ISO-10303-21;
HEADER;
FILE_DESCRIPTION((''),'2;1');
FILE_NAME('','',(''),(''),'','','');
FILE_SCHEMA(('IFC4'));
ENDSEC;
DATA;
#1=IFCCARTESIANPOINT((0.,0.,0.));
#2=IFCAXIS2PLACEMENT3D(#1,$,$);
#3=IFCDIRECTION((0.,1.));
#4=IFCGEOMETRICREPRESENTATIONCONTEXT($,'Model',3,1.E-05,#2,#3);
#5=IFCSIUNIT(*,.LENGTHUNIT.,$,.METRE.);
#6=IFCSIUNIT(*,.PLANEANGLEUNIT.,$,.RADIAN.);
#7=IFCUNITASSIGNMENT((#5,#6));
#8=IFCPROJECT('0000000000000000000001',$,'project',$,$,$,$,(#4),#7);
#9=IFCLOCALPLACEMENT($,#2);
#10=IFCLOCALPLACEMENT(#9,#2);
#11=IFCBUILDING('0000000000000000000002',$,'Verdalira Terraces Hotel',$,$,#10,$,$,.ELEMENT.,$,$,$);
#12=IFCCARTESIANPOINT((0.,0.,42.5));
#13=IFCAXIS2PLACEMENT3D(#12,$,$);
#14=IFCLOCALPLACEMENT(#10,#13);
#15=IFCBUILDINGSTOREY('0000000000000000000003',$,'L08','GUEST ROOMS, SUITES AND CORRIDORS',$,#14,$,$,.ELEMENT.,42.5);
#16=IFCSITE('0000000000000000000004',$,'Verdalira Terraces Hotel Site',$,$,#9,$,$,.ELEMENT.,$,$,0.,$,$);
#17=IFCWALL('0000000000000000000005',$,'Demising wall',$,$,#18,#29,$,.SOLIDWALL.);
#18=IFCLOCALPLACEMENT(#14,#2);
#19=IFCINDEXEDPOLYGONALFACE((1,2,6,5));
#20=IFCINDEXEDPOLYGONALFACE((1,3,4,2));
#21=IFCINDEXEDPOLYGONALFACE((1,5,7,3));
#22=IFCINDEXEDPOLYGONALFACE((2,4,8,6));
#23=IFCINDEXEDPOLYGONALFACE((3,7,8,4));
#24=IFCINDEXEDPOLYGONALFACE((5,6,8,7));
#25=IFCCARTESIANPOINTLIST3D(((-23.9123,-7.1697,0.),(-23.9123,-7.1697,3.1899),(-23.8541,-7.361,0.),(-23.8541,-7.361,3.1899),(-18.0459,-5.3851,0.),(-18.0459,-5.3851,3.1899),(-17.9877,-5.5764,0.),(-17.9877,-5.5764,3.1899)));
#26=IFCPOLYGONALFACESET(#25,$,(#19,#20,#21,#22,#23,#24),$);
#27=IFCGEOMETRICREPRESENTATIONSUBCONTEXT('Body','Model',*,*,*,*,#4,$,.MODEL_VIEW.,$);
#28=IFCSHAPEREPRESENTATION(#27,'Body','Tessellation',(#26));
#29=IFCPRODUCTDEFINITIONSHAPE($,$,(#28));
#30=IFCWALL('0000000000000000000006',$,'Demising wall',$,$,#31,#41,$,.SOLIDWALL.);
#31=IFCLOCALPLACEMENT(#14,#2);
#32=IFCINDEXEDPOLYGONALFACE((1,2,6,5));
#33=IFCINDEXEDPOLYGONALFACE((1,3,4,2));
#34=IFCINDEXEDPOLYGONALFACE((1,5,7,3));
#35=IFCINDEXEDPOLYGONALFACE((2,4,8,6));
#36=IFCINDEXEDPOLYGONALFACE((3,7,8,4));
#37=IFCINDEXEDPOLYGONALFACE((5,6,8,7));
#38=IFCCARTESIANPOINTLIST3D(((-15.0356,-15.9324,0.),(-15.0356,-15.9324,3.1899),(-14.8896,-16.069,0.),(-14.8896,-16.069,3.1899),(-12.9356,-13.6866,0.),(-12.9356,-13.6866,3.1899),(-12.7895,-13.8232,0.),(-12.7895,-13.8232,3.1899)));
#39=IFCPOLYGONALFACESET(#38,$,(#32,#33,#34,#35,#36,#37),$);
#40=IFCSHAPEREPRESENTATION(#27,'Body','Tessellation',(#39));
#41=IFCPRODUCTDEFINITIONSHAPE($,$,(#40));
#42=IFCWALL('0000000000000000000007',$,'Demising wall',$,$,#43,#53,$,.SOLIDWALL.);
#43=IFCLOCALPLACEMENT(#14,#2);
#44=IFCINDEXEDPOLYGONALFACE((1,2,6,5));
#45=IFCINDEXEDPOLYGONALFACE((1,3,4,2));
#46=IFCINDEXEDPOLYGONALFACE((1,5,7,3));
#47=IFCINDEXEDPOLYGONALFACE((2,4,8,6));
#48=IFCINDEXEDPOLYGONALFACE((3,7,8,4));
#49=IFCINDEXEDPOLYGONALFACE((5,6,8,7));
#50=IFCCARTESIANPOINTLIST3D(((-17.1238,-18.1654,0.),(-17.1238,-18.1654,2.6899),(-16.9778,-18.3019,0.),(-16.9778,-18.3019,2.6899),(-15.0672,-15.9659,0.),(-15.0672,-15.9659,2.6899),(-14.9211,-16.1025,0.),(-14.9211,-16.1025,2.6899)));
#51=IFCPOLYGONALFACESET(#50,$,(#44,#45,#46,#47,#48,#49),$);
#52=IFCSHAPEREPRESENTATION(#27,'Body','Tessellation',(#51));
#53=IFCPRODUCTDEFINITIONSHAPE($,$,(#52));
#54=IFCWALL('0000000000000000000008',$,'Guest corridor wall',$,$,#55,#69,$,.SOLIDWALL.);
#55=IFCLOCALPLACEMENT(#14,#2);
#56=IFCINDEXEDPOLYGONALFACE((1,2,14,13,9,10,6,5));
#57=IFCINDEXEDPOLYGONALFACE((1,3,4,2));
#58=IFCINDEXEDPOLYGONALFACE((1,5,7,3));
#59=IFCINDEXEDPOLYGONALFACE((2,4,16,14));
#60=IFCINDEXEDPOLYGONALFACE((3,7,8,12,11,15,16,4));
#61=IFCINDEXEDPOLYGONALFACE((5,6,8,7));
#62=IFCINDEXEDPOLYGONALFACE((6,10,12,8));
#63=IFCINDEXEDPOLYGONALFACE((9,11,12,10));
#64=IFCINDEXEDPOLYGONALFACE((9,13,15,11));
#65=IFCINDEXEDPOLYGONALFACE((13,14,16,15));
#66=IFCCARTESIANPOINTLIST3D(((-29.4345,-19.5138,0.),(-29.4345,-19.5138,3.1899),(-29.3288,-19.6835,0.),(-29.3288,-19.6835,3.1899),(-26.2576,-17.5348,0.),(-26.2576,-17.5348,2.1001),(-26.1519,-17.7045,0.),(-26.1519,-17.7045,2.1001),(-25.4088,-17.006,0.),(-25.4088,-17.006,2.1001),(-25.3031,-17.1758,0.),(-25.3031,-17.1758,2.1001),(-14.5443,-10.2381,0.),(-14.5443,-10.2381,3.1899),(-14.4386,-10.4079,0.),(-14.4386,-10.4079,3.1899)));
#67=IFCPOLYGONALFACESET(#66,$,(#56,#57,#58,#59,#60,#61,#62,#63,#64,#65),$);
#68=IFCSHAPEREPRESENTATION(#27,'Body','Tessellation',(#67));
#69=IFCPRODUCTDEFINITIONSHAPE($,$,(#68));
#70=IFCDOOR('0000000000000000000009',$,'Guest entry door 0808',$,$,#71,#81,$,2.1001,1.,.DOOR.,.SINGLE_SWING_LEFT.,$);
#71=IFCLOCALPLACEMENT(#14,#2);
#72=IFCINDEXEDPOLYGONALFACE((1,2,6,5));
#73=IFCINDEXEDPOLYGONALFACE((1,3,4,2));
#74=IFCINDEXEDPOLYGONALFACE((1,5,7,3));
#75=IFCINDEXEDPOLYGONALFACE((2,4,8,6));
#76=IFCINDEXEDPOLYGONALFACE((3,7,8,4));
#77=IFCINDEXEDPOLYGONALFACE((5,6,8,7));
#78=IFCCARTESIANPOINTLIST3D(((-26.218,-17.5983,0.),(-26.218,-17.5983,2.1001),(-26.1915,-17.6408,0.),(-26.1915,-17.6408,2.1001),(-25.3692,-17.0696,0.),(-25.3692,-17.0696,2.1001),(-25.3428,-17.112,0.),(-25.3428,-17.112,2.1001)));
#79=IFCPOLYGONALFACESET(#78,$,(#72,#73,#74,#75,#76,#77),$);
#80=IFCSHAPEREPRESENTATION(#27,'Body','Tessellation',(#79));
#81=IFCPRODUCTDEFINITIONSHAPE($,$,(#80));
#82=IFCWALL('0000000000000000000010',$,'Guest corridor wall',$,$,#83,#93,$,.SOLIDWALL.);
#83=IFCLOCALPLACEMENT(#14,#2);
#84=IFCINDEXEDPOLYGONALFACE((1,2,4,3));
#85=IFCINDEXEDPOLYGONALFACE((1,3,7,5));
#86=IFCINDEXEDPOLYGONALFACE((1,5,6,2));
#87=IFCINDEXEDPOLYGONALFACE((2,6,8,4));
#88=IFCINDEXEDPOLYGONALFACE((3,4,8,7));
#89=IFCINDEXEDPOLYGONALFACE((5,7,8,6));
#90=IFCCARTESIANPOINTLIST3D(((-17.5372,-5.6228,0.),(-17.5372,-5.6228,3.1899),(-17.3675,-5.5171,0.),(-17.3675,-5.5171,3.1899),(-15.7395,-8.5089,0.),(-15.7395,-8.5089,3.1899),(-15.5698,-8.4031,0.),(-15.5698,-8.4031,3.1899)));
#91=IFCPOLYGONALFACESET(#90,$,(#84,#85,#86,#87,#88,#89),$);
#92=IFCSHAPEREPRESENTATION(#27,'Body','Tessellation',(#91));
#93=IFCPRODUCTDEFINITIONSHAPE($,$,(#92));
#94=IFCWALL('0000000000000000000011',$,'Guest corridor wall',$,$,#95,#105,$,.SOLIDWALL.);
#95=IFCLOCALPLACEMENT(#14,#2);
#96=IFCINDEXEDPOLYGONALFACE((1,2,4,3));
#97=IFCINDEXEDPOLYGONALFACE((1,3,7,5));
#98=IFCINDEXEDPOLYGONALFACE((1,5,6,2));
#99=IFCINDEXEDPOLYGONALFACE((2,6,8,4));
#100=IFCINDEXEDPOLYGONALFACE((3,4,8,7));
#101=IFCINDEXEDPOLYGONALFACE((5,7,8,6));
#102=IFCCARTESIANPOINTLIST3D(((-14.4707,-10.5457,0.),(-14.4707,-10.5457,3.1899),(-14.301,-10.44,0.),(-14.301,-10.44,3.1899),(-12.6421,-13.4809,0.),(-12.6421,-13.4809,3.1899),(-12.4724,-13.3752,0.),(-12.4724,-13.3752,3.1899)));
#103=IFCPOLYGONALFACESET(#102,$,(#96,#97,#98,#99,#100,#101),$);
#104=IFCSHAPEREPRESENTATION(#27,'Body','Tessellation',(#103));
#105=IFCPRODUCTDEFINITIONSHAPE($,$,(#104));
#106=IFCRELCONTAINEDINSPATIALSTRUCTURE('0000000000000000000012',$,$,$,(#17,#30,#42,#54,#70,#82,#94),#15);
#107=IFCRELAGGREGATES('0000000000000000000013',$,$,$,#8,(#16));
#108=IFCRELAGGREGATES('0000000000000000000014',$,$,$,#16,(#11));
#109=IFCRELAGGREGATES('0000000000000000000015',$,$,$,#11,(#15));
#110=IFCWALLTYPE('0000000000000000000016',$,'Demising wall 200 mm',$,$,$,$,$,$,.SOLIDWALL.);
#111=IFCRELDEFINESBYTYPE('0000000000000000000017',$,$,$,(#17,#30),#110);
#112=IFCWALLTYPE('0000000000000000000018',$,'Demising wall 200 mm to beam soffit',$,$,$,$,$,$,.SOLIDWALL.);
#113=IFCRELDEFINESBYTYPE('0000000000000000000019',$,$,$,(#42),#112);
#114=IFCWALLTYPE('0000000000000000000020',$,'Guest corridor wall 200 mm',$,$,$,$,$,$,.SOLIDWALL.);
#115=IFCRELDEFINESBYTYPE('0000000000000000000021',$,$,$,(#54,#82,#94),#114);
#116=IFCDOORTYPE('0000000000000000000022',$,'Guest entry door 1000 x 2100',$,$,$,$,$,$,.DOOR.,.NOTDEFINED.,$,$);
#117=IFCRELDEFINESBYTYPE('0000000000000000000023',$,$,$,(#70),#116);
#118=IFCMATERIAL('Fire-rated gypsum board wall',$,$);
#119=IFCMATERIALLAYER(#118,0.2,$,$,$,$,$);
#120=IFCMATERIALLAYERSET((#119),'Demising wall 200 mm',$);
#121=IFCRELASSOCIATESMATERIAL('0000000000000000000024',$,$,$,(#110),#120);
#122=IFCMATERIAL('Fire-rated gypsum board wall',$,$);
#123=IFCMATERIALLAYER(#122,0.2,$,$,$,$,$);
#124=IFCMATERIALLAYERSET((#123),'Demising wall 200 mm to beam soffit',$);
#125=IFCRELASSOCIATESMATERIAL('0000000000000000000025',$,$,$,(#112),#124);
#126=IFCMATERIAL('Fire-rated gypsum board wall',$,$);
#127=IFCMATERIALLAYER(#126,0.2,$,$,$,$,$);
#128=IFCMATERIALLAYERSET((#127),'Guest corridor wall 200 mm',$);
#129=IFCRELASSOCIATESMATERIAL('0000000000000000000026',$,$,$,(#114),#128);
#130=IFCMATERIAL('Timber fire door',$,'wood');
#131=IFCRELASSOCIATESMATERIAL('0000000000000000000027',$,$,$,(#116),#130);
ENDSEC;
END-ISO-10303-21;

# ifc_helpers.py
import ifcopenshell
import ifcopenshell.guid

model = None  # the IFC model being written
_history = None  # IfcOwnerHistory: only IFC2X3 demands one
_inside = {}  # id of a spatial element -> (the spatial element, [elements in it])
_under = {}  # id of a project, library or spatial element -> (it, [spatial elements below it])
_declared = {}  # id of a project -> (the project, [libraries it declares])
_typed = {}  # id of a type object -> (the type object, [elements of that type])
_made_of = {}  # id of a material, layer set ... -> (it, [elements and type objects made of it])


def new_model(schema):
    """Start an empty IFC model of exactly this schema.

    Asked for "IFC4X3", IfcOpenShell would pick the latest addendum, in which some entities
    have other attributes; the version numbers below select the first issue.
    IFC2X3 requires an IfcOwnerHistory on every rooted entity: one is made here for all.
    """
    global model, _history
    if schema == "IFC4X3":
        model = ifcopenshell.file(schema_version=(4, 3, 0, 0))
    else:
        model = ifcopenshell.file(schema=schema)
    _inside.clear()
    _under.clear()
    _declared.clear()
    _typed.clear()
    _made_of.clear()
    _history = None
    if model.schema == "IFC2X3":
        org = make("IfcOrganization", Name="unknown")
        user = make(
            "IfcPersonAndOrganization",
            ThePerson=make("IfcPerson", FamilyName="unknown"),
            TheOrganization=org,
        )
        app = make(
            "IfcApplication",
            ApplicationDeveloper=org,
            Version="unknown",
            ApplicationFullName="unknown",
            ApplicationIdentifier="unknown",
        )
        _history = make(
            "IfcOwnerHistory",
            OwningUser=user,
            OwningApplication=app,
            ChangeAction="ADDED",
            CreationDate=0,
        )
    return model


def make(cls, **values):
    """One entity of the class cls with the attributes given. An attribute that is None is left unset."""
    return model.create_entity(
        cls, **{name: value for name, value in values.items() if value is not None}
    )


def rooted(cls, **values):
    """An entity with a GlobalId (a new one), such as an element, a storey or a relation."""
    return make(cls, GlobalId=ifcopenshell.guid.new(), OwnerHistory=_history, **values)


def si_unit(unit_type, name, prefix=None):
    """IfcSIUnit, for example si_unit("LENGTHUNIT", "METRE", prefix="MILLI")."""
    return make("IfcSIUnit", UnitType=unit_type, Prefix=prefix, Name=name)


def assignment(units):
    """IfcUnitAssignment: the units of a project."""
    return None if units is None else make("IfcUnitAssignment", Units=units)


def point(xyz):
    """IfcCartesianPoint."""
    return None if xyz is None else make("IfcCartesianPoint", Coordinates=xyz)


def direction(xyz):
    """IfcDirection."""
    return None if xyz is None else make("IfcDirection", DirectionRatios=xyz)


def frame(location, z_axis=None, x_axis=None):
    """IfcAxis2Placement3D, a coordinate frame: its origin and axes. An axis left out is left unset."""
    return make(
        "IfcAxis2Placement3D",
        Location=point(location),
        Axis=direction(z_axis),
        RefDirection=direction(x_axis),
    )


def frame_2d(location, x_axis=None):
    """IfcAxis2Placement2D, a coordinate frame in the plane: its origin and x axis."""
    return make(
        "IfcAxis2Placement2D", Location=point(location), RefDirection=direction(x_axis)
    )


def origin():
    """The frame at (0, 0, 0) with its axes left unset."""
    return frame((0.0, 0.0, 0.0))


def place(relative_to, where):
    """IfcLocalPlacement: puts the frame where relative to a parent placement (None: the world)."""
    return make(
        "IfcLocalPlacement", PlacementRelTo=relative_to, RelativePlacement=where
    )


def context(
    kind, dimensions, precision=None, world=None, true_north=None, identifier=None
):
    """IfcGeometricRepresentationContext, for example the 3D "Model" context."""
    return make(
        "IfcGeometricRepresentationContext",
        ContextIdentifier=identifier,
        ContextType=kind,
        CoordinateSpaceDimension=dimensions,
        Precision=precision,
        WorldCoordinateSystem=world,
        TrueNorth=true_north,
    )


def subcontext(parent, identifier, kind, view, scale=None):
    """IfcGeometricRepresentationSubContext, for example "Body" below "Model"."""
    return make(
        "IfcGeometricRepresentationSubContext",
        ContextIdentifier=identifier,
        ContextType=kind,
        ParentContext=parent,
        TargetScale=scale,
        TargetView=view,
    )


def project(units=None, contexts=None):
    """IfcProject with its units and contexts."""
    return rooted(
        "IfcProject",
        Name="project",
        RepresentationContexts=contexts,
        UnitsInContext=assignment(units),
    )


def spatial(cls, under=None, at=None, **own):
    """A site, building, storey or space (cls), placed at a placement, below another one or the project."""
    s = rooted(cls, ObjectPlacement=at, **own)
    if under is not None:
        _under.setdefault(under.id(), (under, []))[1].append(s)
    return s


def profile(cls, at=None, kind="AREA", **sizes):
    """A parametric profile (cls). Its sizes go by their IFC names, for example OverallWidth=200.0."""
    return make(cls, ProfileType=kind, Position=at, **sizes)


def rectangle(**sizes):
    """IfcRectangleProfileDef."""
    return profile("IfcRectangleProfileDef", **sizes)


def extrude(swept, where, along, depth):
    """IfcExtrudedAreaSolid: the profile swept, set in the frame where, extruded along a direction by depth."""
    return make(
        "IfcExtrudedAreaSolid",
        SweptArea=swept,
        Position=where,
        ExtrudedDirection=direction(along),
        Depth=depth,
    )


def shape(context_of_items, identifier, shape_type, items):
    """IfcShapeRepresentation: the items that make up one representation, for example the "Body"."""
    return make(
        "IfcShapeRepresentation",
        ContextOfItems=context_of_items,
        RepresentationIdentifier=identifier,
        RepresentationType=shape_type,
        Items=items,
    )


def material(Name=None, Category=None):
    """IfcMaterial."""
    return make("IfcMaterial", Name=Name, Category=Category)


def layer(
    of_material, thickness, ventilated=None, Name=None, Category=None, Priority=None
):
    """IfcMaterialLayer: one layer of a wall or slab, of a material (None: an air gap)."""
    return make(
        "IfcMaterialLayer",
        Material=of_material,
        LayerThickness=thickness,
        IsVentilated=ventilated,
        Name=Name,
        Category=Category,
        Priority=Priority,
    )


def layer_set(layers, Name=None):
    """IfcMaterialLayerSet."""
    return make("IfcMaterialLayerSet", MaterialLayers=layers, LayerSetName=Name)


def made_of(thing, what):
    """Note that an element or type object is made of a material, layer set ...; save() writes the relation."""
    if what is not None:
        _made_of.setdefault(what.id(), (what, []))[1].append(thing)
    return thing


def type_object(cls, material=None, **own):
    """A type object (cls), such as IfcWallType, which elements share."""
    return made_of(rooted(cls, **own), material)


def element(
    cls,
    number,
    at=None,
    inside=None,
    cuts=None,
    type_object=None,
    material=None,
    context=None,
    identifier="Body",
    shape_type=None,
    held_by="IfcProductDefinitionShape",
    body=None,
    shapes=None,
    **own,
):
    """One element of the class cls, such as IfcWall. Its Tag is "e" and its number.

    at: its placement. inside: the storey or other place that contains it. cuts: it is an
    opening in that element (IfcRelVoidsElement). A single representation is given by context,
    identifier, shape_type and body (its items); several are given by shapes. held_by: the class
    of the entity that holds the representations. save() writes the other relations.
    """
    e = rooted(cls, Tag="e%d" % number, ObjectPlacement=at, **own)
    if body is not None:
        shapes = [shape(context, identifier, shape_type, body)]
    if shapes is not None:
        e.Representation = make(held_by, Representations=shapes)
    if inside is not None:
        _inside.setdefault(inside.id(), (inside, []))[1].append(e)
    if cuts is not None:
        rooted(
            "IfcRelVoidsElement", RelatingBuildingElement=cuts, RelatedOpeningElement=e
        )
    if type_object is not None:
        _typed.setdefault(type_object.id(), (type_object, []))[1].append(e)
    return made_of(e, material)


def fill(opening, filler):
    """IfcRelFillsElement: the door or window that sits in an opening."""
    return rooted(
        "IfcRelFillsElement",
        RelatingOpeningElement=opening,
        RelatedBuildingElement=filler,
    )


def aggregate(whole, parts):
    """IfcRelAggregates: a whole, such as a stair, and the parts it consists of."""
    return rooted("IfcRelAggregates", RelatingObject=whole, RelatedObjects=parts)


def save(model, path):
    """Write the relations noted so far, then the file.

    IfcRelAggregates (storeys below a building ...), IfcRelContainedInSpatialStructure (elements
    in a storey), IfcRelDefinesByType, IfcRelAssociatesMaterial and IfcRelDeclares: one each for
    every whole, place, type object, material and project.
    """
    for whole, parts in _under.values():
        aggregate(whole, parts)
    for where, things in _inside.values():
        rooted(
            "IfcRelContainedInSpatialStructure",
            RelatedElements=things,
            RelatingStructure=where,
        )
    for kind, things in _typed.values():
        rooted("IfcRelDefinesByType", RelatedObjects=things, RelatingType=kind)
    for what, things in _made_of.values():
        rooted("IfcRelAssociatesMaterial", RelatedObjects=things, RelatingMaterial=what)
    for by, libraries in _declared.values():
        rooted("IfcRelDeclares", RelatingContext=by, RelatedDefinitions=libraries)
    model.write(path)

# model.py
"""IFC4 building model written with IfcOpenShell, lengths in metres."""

from ifc_helpers import new_model, si_unit, direction, frame, frame_2d, origin, place, context, subcontext, project, spatial, rectangle, extrude, material, layer, layer_set, type_object, element, fill, save


model = new_model("IFC4")

# Units and contexts
model_context = context("Model", 3, precision=1e-05, world=origin(), true_north=direction((0.0, 1.0)))
body_context = subcontext(model_context, "Body", "Model", "MODEL_VIEW")
ifc_project = project(units=[si_unit("LENGTHUNIT", "METRE"), si_unit("PLANEANGLEUNIT", "RADIAN")], contexts=[model_context])

# Site, building, storey
site_placement = place(None, origin())
site = spatial("IfcSite", under=ifc_project, at=site_placement, Name="Verdalira Terraces Hotel Site", CompositionType="ELEMENT", RefElevation=0.0)
building_placement = place(site_placement, origin())
building = spatial("IfcBuilding", under=site, at=building_placement, Name="Verdalira Terraces Hotel", CompositionType="ELEMENT")
storey_placement = place(building_placement, frame((0.0, 0.0, 42.5)))
storey = spatial("IfcBuildingStorey", under=building, at=storey_placement, Name="L08", Description="GUEST ROOMS, SUITES AND CORRIDORS", CompositionType="ELEMENT", Elevation=42.5)

# Walls
ifc_material_1 = material(Name="Fire-rated gypsum board wall")
ifc_layer_1 = layer(ifc_material_1, 0.2)
ifc_layer_set_1 = layer_set([ifc_layer_1], Name="Demising wall 200 mm")
wall_type_1 = type_object("IfcWallType", Name="Demising wall 200 mm", PredefinedType="SOLIDWALL", material=ifc_layer_set_1)
wall_1_placement = place(storey_placement, frame((-18.0168, -5.4807, 0.0), z_axis=(0.0, 0.0, 1.0), x_axis=(-0.956709, -0.291046, 0.0)))
element("IfcWall", 1, at=wall_1_placement, inside=storey, type_object=wall_type_1, Name="Demising wall", PredefinedType="SOLIDWALL", context=body_context, shape_type="SweptSolid", body=[
    extrude(rectangle(XDim=6.1318, YDim=0.2, at=frame_2d((3.0659, 0.0))), origin(), (0.0, 0.0, 1.0), 3.1899),
])
wall_2_placement = place(storey_placement, frame((-12.8625, -13.7549, 0.0), z_axis=(0.0, 0.0, 1.0), x_axis=(-0.683008, -0.730411, 0.0)))
element("IfcWall", 2, at=wall_2_placement, inside=storey, type_object=wall_type_1, Name="Demising wall", PredefinedType="SOLIDWALL", context=body_context, shape_type="SweptSolid", body=[
    extrude(rectangle(XDim=3.0747, YDim=0.2, at=frame_2d((1.5374, 0.0))), origin(), (0.0, 0.0, 1.0), 3.1899),
])
ifc_material_2 = material(Name="Fire-rated gypsum board wall")
ifc_layer_2 = layer(ifc_material_2, 0.2)
ifc_layer_set_2 = layer_set([ifc_layer_2], Name="Demising wall 200 mm to beam soffit")
wall_type_2 = type_object("IfcWallType", Name="Demising wall 200 mm to beam soffit", PredefinedType="SOLIDWALL", material=ifc_layer_set_2)
wall_3_placement = place(storey_placement, frame((-14.9941, -16.0342, 0.0), z_axis=(0.0, 0.0, 1.0), x_axis=(-0.682994, -0.730424, 0.0)))
element("IfcWall", 3, at=wall_3_placement, inside=storey, type_object=wall_type_2, Name="Demising wall", PredefinedType="SOLIDWALL", context=body_context, shape_type="SweptSolid", body=[
    extrude(rectangle(XDim=3.0112, YDim=0.2, at=frame_2d((1.5056, 0.0))), origin(), (0.0, 0.0, 1.0), 2.6899),
])

# Wall, opening, door
ifc_material_3 = material(Name="Fire-rated gypsum board wall")
ifc_layer_3 = layer(ifc_material_3, 0.2)
ifc_layer_set_3 = layer_set([ifc_layer_3], Name="Guest corridor wall 200 mm")
wall_type_3 = type_object("IfcWallType", Name="Guest corridor wall 200 mm", PredefinedType="SOLIDWALL", material=ifc_layer_set_3)
wall_4_placement = place(storey_placement, frame((-14.4915, -10.323, 0.0), z_axis=(0.0, 0.0, 1.0), x_axis=(-0.848784, -0.52874, 0.0)))
wall_4 = element("IfcWall", 4, at=wall_4_placement, inside=storey, type_object=wall_type_3, Name="Guest corridor wall", PredefinedType="SOLIDWALL", context=body_context, shape_type="SweptSolid", body=[
    extrude(rectangle(XDim=17.543, YDim=0.2, at=frame_2d((8.7715, 0.0))), origin(), (0.0, 0.0, 1.0), 3.1899),
])
opening_1_placement = place(wall_4_placement, frame((12.8, 0.0, 0.0)))
opening_1 = element("IfcOpeningElement", 5, at=opening_1_placement, cuts=wall_4, PredefinedType="OPENING", context=body_context, shape_type="SweptSolid", body=[
    extrude(rectangle(XDim=1.0, YDim=2.1001, at=frame_2d((0.5, 1.05))), frame((0.0, 0.1099, 0.0), z_axis=(0.0, -1.0, 0.0), x_axis=(1.0, 0.0, 0.0)), (0.0, 0.0, 1.0), 0.22),
])
ifc_material_4 = material(Name="Timber fire door", Category="wood")
door_type_1 = type_object("IfcDoorType", Name="Guest entry door 1000 x 2100", OperationType="NOTDEFINED", PredefinedType="DOOR", material=ifc_material_4)
door_1_placement = place(opening_1_placement, origin())
door_1 = element("IfcDoor", 6, at=door_1_placement, inside=storey, type_object=door_type_1, Name="Guest entry door 0808", OperationType="SINGLE_SWING_LEFT", OverallHeight=2.1001, OverallWidth=1.0, PredefinedType="DOOR", context=body_context, shape_type="SweptSolid", body=[
    extrude(rectangle(XDim=1.0, YDim=2.1001, at=frame_2d((0.5, 1.05))), frame((0.0, 0.0249, 0.0), z_axis=(0.0, -1.0, 0.0), x_axis=(1.0, 0.0, 0.0)), (0.0, 0.0, 1.0), 0.05),
])
fill(opening_1, door_1)

# Walls
wall_5_placement = place(storey_placement, frame((-17.4524, -5.5698, 0.0), z_axis=(0.0, 0.0, 1.0), x_axis=(0.528701, -0.848808, 0.0)))
element("IfcWall", 7, at=wall_5_placement, inside=storey, type_object=wall_type_3, Name="Guest corridor wall", PredefinedType="SOLIDWALL", context=body_context, shape_type="SweptSolid", body=[
    extrude(rectangle(XDim=3.4001, YDim=0.2, at=frame_2d((1.7002, 0.0))), origin(), (0.0, 0.0, 1.0), 3.1899),
])
wall_6_placement = place(storey_placement, frame((-14.3857, -10.4929, 0.0), z_axis=(0.0, 0.0, 1.0), x_axis=(0.528761, -0.848771, 0.0)))
element("IfcWall", 8, at=wall_6_placement, inside=storey, type_object=wall_type_3, Name="Guest corridor wall", PredefinedType="SOLIDWALL", context=body_context, shape_type="SweptSolid", body=[
    extrude(rectangle(XDim=3.4583, YDim=0.2, at=frame_2d((1.729, 0.0))), origin(), (0.0, 0.0, 1.0), 3.1899),
])

save(model, "model.ifc")
